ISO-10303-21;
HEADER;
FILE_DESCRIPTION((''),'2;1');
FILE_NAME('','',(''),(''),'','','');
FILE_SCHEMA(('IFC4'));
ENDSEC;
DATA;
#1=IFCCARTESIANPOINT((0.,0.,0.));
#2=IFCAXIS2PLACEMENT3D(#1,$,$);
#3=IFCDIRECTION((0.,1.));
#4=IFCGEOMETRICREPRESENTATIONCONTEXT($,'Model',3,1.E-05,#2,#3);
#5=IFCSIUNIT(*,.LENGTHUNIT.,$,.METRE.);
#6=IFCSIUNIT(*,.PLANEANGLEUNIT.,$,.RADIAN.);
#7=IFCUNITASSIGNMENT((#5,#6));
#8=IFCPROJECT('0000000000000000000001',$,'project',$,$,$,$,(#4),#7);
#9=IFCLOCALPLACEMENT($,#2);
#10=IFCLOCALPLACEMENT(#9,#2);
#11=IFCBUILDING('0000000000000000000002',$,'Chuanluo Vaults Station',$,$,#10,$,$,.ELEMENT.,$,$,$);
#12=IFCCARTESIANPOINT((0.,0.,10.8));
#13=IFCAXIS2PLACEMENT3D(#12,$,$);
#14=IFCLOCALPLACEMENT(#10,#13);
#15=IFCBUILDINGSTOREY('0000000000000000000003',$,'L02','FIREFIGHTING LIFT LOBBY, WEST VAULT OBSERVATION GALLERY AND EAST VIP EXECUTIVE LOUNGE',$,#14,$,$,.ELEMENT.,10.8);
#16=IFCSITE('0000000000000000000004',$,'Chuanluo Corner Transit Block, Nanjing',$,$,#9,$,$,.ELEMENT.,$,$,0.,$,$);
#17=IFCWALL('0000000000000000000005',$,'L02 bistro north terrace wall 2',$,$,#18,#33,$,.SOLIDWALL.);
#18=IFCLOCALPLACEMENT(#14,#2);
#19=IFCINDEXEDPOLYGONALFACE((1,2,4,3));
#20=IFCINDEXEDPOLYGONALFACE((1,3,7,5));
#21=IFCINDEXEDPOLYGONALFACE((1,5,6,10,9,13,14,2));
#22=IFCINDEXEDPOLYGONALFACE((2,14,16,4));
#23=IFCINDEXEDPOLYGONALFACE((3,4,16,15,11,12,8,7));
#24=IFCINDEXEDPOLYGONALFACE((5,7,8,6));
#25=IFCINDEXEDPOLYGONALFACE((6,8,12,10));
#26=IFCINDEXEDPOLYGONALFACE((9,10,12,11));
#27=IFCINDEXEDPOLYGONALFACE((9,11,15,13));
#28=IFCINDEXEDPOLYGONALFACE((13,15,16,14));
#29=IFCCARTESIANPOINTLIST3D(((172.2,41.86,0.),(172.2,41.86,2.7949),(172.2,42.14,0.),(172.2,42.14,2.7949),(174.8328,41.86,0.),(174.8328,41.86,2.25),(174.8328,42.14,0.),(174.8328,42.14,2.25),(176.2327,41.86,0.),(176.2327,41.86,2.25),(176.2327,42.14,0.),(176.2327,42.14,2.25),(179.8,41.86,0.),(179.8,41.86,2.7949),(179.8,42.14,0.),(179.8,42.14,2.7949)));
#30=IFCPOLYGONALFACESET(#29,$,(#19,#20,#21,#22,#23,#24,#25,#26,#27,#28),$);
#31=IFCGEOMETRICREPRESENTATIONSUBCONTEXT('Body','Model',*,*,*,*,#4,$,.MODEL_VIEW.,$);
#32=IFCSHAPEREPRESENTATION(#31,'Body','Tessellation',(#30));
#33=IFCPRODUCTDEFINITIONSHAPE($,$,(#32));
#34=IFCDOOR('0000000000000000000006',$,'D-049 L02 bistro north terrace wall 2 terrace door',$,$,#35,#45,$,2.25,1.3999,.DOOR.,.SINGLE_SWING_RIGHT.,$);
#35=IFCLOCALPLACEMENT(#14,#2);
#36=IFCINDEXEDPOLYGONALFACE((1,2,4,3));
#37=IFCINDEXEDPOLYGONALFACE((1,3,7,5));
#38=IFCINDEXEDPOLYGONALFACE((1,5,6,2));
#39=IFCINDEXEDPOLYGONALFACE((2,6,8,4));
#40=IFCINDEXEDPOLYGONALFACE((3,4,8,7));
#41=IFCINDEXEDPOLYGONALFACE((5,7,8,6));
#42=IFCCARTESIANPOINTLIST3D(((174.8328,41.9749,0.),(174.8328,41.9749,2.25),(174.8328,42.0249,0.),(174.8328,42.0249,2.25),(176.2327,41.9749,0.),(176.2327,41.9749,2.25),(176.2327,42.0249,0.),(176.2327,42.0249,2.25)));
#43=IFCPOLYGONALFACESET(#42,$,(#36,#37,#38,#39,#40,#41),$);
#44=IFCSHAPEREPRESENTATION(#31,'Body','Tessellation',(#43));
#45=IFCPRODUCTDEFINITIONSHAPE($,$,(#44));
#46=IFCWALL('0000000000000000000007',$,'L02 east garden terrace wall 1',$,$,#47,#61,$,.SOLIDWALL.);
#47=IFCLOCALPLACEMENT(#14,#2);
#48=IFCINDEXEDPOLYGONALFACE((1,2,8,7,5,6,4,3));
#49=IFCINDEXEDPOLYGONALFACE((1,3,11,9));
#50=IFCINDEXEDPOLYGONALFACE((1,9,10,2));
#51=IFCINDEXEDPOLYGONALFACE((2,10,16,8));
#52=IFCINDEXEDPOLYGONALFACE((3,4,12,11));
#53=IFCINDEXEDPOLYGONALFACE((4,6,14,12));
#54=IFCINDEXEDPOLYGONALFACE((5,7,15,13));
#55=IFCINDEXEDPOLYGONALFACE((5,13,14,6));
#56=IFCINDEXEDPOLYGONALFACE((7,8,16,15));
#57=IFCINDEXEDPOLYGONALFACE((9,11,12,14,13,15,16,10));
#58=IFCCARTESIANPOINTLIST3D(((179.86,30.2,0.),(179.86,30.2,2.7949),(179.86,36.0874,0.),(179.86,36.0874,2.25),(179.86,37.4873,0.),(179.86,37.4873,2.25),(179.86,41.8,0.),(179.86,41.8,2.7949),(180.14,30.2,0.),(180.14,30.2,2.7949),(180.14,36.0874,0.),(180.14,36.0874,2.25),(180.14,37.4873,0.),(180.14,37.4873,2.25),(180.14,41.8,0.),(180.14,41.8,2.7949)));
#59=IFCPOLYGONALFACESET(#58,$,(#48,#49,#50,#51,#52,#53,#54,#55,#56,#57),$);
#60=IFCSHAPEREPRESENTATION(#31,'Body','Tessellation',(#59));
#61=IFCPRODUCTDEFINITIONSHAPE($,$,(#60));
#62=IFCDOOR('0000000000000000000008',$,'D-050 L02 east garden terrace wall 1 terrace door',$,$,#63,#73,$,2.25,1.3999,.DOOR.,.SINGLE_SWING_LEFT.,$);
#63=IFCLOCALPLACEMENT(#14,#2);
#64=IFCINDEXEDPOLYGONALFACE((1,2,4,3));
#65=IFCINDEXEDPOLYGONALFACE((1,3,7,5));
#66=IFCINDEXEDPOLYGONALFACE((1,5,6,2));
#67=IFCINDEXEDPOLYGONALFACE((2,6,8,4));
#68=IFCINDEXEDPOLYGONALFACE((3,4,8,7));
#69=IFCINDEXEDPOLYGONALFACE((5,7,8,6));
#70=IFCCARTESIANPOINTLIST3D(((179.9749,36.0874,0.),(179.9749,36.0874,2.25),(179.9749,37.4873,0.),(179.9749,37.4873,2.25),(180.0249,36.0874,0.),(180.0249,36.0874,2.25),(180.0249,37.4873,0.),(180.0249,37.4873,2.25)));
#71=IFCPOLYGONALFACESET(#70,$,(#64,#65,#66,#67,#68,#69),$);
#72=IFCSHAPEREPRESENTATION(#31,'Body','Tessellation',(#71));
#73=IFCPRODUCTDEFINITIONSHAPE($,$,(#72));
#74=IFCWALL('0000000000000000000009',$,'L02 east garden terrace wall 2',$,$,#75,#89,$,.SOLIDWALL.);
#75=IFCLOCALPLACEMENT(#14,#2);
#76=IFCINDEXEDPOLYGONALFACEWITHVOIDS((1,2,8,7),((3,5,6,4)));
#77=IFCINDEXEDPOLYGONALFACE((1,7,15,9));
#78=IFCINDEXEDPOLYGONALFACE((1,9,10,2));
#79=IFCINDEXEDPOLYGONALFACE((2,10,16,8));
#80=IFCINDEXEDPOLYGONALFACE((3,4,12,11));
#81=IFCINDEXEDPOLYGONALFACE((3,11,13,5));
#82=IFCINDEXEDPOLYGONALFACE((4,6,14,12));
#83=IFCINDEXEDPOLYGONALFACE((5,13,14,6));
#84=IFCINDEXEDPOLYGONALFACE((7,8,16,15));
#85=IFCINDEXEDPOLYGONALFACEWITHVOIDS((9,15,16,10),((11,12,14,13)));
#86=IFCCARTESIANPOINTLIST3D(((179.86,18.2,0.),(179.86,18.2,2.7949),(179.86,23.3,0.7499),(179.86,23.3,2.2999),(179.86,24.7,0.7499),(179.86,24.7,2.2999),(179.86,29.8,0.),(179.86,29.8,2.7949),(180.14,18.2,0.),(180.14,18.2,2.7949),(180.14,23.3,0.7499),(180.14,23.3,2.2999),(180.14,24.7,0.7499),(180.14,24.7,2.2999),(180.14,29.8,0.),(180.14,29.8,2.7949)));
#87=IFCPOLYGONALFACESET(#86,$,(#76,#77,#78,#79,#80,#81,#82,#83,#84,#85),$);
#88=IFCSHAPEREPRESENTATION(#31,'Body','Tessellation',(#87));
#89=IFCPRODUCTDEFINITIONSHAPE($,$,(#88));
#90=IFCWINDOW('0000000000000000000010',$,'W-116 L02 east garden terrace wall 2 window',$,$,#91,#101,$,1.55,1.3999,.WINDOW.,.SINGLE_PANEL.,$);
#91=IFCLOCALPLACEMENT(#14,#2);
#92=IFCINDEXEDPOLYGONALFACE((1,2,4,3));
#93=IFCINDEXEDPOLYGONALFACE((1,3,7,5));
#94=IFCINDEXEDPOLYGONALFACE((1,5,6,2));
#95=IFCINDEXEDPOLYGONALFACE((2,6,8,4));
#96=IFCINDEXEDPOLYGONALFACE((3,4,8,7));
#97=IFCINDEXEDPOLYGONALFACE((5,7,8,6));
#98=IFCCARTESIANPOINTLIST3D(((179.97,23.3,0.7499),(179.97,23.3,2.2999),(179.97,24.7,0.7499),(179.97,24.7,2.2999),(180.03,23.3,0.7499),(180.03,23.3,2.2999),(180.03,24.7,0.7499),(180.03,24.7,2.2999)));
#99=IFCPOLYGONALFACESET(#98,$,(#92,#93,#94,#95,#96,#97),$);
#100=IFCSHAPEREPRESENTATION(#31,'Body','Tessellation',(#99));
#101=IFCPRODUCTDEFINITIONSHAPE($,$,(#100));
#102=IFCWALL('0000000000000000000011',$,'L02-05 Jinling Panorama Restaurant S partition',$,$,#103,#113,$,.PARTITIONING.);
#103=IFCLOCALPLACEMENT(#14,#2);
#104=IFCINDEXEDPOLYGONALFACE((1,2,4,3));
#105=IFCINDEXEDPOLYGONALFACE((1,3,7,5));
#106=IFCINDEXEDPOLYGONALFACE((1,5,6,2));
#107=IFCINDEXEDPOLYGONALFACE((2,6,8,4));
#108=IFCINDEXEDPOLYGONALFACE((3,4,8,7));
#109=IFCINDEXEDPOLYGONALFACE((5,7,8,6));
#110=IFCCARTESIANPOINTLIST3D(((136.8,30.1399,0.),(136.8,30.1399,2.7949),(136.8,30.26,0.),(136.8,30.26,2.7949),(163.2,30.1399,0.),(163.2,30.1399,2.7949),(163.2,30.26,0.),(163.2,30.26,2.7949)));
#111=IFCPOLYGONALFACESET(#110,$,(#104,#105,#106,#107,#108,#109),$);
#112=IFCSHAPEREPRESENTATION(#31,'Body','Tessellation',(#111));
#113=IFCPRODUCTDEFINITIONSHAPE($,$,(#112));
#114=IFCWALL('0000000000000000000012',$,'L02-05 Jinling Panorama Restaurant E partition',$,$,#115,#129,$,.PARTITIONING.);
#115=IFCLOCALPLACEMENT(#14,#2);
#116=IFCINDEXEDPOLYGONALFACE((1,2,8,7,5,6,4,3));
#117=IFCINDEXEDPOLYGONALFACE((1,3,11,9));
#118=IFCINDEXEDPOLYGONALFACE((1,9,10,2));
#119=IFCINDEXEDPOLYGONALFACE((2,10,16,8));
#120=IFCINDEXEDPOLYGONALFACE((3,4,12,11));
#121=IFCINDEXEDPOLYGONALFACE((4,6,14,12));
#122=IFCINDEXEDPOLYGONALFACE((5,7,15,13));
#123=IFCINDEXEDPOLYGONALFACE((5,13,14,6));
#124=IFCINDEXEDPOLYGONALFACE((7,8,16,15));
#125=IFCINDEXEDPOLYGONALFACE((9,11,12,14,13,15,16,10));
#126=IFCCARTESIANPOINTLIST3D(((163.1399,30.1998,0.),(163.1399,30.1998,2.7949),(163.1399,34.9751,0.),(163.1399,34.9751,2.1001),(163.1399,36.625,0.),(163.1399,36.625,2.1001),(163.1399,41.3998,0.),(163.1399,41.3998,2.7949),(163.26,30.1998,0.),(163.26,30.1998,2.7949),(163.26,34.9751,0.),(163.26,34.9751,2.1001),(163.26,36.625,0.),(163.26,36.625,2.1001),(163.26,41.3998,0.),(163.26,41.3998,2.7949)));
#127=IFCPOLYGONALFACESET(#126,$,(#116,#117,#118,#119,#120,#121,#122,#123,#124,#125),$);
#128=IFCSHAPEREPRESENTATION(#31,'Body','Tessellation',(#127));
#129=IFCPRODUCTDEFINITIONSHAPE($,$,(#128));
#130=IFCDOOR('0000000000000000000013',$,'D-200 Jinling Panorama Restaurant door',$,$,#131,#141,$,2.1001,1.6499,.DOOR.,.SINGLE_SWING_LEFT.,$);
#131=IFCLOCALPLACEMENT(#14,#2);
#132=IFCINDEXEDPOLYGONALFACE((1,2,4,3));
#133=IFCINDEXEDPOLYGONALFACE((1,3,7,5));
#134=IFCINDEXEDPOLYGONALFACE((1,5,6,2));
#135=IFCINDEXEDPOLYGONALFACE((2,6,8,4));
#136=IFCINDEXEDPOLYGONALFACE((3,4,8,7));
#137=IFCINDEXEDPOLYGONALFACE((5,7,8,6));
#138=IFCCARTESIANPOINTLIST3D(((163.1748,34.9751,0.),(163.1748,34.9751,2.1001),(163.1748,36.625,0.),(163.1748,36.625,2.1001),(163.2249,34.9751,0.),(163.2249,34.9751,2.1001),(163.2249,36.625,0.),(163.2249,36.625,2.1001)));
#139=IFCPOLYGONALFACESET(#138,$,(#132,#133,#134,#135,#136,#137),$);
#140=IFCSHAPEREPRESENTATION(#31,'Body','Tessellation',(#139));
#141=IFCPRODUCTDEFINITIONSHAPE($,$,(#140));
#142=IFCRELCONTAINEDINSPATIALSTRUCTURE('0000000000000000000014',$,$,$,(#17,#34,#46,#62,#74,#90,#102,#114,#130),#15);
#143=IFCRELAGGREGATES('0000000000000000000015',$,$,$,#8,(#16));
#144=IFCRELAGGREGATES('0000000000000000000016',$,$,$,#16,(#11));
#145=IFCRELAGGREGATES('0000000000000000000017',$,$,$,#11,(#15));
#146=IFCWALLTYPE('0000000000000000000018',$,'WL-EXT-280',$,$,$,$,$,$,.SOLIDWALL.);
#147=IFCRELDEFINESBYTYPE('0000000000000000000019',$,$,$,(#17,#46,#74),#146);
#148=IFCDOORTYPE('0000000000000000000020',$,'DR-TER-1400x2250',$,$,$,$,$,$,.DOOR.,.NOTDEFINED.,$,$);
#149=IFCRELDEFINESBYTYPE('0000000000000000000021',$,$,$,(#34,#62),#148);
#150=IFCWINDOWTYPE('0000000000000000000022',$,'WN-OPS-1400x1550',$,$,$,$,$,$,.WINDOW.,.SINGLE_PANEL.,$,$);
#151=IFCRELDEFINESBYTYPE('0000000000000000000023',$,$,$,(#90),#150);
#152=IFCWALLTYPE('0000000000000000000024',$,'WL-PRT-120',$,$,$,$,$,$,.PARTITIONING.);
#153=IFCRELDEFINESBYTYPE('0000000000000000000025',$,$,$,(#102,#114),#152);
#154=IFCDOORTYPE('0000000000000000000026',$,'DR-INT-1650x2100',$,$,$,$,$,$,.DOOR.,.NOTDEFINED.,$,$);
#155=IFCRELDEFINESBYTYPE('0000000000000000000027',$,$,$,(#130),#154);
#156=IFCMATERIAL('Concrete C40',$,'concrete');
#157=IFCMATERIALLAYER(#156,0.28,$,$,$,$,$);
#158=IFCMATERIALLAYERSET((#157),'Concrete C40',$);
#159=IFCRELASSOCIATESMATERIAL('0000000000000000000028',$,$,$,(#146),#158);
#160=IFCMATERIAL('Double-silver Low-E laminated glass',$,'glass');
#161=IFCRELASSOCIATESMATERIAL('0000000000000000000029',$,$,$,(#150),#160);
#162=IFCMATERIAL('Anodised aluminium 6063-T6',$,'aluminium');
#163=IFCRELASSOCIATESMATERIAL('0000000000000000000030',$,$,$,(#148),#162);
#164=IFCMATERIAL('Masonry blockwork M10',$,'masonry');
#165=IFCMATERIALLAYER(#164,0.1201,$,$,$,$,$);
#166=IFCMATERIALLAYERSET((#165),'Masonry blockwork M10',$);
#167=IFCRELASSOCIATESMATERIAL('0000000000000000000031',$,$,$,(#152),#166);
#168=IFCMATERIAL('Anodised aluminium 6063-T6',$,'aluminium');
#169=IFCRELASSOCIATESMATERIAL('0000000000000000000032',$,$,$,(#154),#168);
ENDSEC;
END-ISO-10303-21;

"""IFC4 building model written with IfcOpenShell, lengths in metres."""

from ifc_helpers import new_model, si_unit, direction, frame, frame_2d, origin, place, context, subcontext, project, spatial, rectangle, extrude, material, layer, layer_set, type_object, element, fill, save


model = new_model("IFC4")

# Units and contexts
model_context = context("Model", 3, precision=1e-05, world=origin(), true_north=direction((0.0, 1.0)))
body_context = subcontext(model_context, "Body", "Model", "MODEL_VIEW")
ifc_project = project(units=[si_unit("LENGTHUNIT", "METRE"), si_unit("PLANEANGLEUNIT", "RADIAN")], contexts=[model_context])

# Site, building, storey
site_placement = place(None, origin())
site = spatial("IfcSite", under=ifc_project, at=site_placement, Name="Chuanluo Corner Transit Block, Nanjing", CompositionType="ELEMENT", RefElevation=0.0)
building_placement = place(site_placement, origin())
building = spatial("IfcBuilding", under=site, at=building_placement, Name="Chuanluo Vaults Station", CompositionType="ELEMENT")
storey_placement = place(building_placement, frame((0.0, 0.0, 10.8)))
storey = spatial("IfcBuildingStorey", under=building, at=storey_placement, Name="L02", Description="FIREFIGHTING LIFT LOBBY, WEST VAULT OBSERVATION GALLERY AND EAST VIP EXECUTIVE LOUNGE", CompositionType="ELEMENT", Elevation=10.8)

# Shared definitions
ifc_material_1 = material(Name="Concrete C40", Category="concrete")
ifc_layer_1 = layer(ifc_material_1, 0.28)
ifc_layer_set_1 = layer_set([ifc_layer_1], Name="Concrete C40")
wall_type_1 = type_object("IfcWallType", Name="WL-EXT-280", PredefinedType="SOLIDWALL", material=ifc_layer_set_1)
ifc_material_2 = material(Name="Double-silver Low-E laminated glass", Category="glass")
window_type = type_object("IfcWindowType", Name="WN-OPS-1400x1550", PartitioningType="SINGLE_PANEL", PredefinedType="WINDOW", material=ifc_material_2)

# Walls, openings, doors
wall_1_placement = place(storey_placement, frame((172.2, 42.0, 0.0), z_axis=(0.0, 0.0, 1.0), x_axis=(1.0, 0.0, 0.0)))
wall_1 = element("IfcWall", 1, at=wall_1_placement, inside=storey, type_object=wall_type_1, Name="L02 bistro north terrace wall 2", PredefinedType="SOLIDWALL", context=body_context, shape_type="SweptSolid", body=[
    extrude(rectangle(XDim=7.6001, YDim=0.28, at=frame_2d((3.8, 0.0))), origin(), (0.0, 0.0, 1.0), 2.7949),
])
opening_1_placement = place(wall_1_placement, frame((2.6328, 0.0, 0.0)))
opening_1 = element("IfcOpeningElement", 2, at=opening_1_placement, cuts=wall_1, PredefinedType="OPENING", context=body_context, shape_type="SweptSolid", body=[
    extrude(rectangle(XDim=1.3999, YDim=2.25, at=frame_2d((0.7, 1.125))), frame((0.0, 0.1501, 0.0), z_axis=(0.0, -1.0, 0.0), x_axis=(1.0, 0.0, 0.0)), (0.0, 0.0, 1.0), 0.3),
])
ifc_material_3 = material(Name="Anodised aluminium 6063-T6", Category="aluminium")
door_type_1 = type_object("IfcDoorType", Name="DR-TER-1400x2250", OperationType="NOTDEFINED", PredefinedType="DOOR", material=ifc_material_3)
door_1_placement = place(opening_1_placement, origin())
door_1 = element("IfcDoor", 3, at=door_1_placement, inside=storey, type_object=door_type_1, Name="D-049 L02 bistro north terrace wall 2 terrace door", OperationType="SINGLE_SWING_RIGHT", OverallHeight=2.25, OverallWidth=1.3999, PredefinedType="DOOR", context=body_context, shape_type="SweptSolid", body=[
    extrude(rectangle(XDim=1.3999, YDim=2.25, at=frame_2d((0.7, 1.125))), frame((0.0, 0.0249, 0.0), z_axis=(0.0, -1.0, 0.0), x_axis=(1.0, 0.0, 0.0)), (0.0, 0.0, 1.0), 0.05),
])
fill(opening_1, door_1)
wall_2_placement = place(storey_placement, frame((180.0, 41.8, 0.0), z_axis=(0.0, 0.0, 1.0), x_axis=(0.0, -1.0, 0.0)))
wall_2 = element("IfcWall", 4, at=wall_2_placement, inside=storey, type_object=wall_type_1, Name="L02 east garden terrace wall 1", PredefinedType="SOLIDWALL", context=body_context, shape_type="SweptSolid", body=[
    extrude(rectangle(XDim=11.6001, YDim=0.28, at=frame_2d((5.8, 0.0))), origin(), (0.0, 0.0, 1.0), 2.7949),
])
opening_2_placement = place(wall_2_placement, frame((4.3127, 0.0, 0.0)))
opening_2 = element("IfcOpeningElement", 5, at=opening_2_placement, cuts=wall_2, PredefinedType="OPENING", context=body_context, shape_type="SweptSolid", body=[
    extrude(rectangle(XDim=1.3999, YDim=2.25, at=frame_2d((0.7, 1.125))), frame((0.0, 0.1501, 0.0), z_axis=(0.0, -1.0, 0.0), x_axis=(1.0, 0.0, 0.0)), (0.0, 0.0, 1.0), 0.3),
])
door_2_placement = place(opening_2_placement, origin())
door_2 = element("IfcDoor", 6, at=door_2_placement, inside=storey, type_object=door_type_1, Name="D-050 L02 east garden terrace wall 1 terrace door", OperationType="SINGLE_SWING_LEFT", OverallHeight=2.25, OverallWidth=1.3999, PredefinedType="DOOR", context=body_context, shape_type="SweptSolid", body=[
    extrude(rectangle(XDim=1.3999, YDim=2.25, at=frame_2d((0.7, 1.125))), frame((0.0, 0.0249, 0.0), z_axis=(0.0, -1.0, 0.0), x_axis=(1.0, 0.0, 0.0)), (0.0, 0.0, 1.0), 0.05),
])
fill(opening_2, door_2)

# Wall, opening, window
wall_3_placement = place(storey_placement, frame((180.0, 29.8, 0.0), z_axis=(0.0, 0.0, 1.0), x_axis=(0.0, -1.0, 0.0)))
wall_3 = element("IfcWall", 7, at=wall_3_placement, inside=storey, type_object=wall_type_1, Name="L02 east garden terrace wall 2", PredefinedType="SOLIDWALL", context=body_context, shape_type="SweptSolid", body=[
    extrude(rectangle(XDim=11.6001, YDim=0.28, at=frame_2d((5.8, 0.0))), origin(), (0.0, 0.0, 1.0), 2.7949),
])
opening_3_placement = place(wall_3_placement, frame((5.1001, 0.0, 0.75)))
opening_3 = element("IfcOpeningElement", 8, at=opening_3_placement, cuts=wall_3, PredefinedType="OPENING", context=body_context, shape_type="SweptSolid", body=[
    extrude(rectangle(XDim=1.3999, YDim=1.55, at=frame_2d((0.7, 0.7749))), frame((0.0, 0.1501, 0.0), z_axis=(0.0, -1.0, 0.0), x_axis=(1.0, 0.0, 0.0)), (0.0, 0.0, 1.0), 0.3),
])
window_1_placement = place(opening_3_placement, origin())
window_1 = element("IfcWindow", 9, at=window_1_placement, inside=storey, type_object=window_type, Name="W-116 L02 east garden terrace wall 2 window", OverallHeight=1.55, OverallWidth=1.3999, PartitioningType="SINGLE_PANEL", PredefinedType="WINDOW", context=body_context, shape_type="SweptSolid", body=[
    extrude(rectangle(XDim=1.3999, YDim=1.55, at=frame_2d((0.7, 0.7749))), frame((0.0, 0.03, 0.0), z_axis=(0.0, -1.0, 0.0), x_axis=(1.0, 0.0, 0.0)), (0.0, 0.0, 1.0), 0.0601),
])
fill(opening_3, window_1)

# Wall
ifc_material_4 = material(Name="Masonry blockwork M10", Category="masonry")
ifc_layer_2 = layer(ifc_material_4, 0.1201)
ifc_layer_set_2 = layer_set([ifc_layer_2], Name="Masonry blockwork M10")
wall_type_2 = type_object("IfcWallType", Name="WL-PRT-120", PredefinedType="PARTITIONING", material=ifc_layer_set_2)
wall_4_placement = place(storey_placement, frame((163.2, 30.2, 0.0), z_axis=(0.0, 0.0, 1.0), x_axis=(-1.0, 0.0, 0.0)))
element("IfcWall", 10, at=wall_4_placement, inside=storey, type_object=wall_type_2, Name="L02-05 Jinling Panorama Restaurant S partition", PredefinedType="PARTITIONING", context=body_context, shape_type="SweptSolid", body=[
    extrude(rectangle(XDim=26.3999, YDim=0.1201, at=frame_2d((13.2, 0.0))), origin(), (0.0, 0.0, 1.0), 2.7949),
])

# Wall, opening, door
wall_5_placement = place(storey_placement, frame((163.2, 41.3999, 0.0), z_axis=(0.0, 0.0, 1.0), x_axis=(0.0, -1.0, 0.0)))
wall_5 = element("IfcWall", 11, at=wall_5_placement, inside=storey, type_object=wall_type_2, Name="L02-05 Jinling Panorama Restaurant E partition", PredefinedType="PARTITIONING", context=body_context, shape_type="SweptSolid", body=[
    extrude(rectangle(XDim=11.2, YDim=0.1201, at=frame_2d((5.6001, 0.0))), origin(), (0.0, 0.0, 1.0), 2.7949),
])
opening_4_placement = place(wall_5_placement, frame((4.7749, 0.0, 0.0)))
opening_4 = element("IfcOpeningElement", 12, at=opening_4_placement, cuts=wall_5, PredefinedType="OPENING", context=body_context, shape_type="SweptSolid", body=[
    extrude(rectangle(XDim=1.6499, YDim=2.1001, at=frame_2d((0.825, 1.05))), frame((0.0, 0.0701, 0.0), z_axis=(0.0, -1.0, 0.0), x_axis=(1.0, 0.0, 0.0)), (0.0, 0.0, 1.0), 0.1401),
])
ifc_material_5 = material(Name="Anodised aluminium 6063-T6", Category="aluminium")
door_type_2 = type_object("IfcDoorType", Name="DR-INT-1650x2100", OperationType="NOTDEFINED", PredefinedType="DOOR", material=ifc_material_5)
door_3_placement = place(opening_4_placement, origin())
door_3 = element("IfcDoor", 13, at=door_3_placement, inside=storey, type_object=door_type_2, Name="D-200 Jinling Panorama Restaurant door", OperationType="SINGLE_SWING_LEFT", OverallHeight=2.1001, OverallWidth=1.6499, PredefinedType="DOOR", context=body_context, shape_type="SweptSolid", body=[
    extrude(rectangle(XDim=1.6499, YDim=2.1001, at=frame_2d((0.825, 1.05))), frame((0.0, 0.0249, 0.0), z_axis=(0.0, -1.0, 0.0), x_axis=(1.0, 0.0, 0.0)), (0.0, 0.0, 1.0), 0.05),
])
fill(opening_4, door_3)

save(model, "model.ifc")
